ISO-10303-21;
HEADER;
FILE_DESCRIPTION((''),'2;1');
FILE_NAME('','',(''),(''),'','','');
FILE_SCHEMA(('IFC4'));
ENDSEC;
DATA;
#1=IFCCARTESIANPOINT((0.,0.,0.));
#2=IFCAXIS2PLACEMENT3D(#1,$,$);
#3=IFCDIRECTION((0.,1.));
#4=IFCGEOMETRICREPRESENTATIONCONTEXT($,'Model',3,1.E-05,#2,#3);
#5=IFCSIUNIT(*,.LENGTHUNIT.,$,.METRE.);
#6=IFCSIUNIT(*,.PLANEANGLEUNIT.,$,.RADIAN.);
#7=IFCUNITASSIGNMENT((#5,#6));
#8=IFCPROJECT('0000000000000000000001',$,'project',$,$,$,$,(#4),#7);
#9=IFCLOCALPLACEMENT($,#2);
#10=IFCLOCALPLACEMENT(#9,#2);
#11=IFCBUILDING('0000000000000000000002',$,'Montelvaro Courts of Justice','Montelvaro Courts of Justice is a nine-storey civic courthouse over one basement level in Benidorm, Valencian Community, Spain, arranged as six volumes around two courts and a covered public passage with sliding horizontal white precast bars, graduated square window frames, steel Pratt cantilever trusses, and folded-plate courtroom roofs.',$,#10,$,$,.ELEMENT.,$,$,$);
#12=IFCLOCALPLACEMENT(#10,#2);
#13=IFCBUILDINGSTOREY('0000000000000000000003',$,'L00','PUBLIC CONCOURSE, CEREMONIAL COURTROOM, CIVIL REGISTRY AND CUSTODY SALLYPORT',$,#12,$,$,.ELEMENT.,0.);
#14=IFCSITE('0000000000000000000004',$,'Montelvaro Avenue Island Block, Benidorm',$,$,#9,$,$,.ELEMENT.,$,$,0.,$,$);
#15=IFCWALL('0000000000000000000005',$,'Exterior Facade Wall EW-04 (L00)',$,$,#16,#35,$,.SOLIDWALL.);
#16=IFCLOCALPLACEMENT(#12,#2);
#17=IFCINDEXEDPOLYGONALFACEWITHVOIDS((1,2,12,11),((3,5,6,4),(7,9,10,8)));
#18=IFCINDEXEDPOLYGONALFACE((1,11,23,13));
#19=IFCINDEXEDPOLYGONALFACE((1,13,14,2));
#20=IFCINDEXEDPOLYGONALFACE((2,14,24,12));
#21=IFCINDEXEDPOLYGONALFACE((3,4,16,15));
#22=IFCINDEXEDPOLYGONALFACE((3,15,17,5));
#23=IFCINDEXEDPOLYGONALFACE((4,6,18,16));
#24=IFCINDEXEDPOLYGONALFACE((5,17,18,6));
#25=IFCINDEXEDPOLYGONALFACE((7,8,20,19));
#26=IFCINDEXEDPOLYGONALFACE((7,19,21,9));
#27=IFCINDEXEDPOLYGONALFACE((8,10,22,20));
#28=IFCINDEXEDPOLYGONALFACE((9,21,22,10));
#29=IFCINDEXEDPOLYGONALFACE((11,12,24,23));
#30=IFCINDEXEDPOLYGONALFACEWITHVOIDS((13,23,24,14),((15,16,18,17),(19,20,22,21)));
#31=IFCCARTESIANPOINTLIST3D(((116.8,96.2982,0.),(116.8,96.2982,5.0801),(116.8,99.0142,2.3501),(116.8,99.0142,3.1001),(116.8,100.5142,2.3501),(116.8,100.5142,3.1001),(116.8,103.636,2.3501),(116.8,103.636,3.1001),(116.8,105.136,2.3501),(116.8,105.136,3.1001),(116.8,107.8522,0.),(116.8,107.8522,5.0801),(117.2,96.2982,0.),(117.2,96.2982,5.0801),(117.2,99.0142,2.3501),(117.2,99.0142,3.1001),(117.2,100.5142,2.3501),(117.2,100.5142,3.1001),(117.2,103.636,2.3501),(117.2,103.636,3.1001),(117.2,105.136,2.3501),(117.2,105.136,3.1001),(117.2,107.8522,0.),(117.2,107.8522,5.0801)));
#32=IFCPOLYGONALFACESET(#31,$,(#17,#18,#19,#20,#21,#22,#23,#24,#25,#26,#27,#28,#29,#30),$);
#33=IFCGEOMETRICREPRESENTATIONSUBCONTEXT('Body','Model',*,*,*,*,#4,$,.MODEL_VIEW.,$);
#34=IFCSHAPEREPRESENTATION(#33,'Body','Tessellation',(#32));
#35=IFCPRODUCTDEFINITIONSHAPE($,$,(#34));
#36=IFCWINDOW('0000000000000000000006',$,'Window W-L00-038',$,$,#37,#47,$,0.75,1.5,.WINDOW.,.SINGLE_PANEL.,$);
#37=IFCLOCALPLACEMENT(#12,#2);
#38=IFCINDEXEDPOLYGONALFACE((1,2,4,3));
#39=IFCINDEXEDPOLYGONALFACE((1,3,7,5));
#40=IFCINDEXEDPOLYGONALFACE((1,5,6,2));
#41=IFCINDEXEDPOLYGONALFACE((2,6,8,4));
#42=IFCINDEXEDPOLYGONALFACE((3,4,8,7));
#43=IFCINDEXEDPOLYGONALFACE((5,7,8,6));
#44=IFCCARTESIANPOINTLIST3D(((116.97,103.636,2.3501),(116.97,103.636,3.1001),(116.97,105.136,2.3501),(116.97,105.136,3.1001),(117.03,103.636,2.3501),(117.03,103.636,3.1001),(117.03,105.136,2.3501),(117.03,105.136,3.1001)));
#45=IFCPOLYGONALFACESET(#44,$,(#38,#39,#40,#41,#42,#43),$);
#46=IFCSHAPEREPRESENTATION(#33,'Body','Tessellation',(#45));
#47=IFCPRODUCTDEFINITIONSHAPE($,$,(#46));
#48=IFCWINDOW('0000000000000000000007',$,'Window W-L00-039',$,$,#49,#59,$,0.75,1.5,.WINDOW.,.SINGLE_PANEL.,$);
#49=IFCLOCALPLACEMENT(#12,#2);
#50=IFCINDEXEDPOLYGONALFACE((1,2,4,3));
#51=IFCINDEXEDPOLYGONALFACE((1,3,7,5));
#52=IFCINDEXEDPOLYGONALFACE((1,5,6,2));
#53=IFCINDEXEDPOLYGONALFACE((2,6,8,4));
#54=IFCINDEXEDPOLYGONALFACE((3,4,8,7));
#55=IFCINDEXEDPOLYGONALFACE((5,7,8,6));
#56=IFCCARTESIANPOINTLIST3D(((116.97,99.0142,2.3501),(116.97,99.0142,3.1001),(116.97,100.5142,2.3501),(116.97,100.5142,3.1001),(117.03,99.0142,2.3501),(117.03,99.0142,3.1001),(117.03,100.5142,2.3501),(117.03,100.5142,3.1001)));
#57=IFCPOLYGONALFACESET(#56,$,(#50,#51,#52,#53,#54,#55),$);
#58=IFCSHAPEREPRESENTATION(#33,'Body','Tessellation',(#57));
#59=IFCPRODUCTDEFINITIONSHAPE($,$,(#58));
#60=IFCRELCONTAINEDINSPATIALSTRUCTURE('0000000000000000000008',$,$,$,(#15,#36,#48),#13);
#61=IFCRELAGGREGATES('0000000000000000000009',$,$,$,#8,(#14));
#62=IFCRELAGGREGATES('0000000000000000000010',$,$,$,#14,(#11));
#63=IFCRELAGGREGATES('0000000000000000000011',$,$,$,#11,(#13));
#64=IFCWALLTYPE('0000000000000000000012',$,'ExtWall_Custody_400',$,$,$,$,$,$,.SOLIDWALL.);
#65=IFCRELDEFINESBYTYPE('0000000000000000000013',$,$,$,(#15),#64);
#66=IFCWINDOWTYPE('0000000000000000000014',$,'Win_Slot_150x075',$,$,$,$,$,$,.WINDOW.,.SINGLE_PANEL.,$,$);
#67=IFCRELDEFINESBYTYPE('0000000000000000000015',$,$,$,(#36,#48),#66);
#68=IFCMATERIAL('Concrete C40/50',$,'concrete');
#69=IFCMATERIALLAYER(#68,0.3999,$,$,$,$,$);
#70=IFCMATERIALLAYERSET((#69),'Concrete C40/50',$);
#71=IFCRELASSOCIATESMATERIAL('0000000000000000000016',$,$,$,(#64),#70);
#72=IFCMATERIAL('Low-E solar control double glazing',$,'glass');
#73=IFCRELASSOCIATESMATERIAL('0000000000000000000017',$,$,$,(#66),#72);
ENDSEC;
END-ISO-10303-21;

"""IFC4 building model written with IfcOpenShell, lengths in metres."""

from ifc_helpers import new_model, si_unit, direction, frame, frame_2d, origin, place, context, subcontext, project, spatial, rectangle, extrude, material, layer, layer_set, type_object, element, fill, save


model = new_model("IFC4")

# Units and contexts
model_context = context("Model", 3, precision=1e-05, world=origin(), true_north=direction((0.0, 1.0)))
body_context = subcontext(model_context, "Body", "Model", "MODEL_VIEW")
ifc_project = project(units=[si_unit("LENGTHUNIT", "METRE"), si_unit("PLANEANGLEUNIT", "RADIAN")], contexts=[model_context])

# Site, building, storey
site_placement = place(None, origin())
site = spatial("IfcSite", under=ifc_project, at=site_placement, Name="Montelvaro Avenue Island Block, Benidorm", CompositionType="ELEMENT", RefElevation=0.0)
building_placement = place(site_placement, origin())
building = spatial("IfcBuilding", under=site, at=building_placement, Name="Montelvaro Courts of Justice", Description="Montelvaro Courts of Justice is a nine-storey civic courthouse over one basement level in Benidorm, Valencian Community, Spain, arranged as six volumes around two courts and a covered public passage with sliding horizontal white precast bars, graduated square window frames, steel Pratt cantilever trusses, and folded-plate courtroom roofs.", CompositionType="ELEMENT")
storey_placement = place(building_placement, origin())
storey = spatial("IfcBuildingStorey", under=building, at=storey_placement, Name="L00", Description="PUBLIC CONCOURSE, CEREMONIAL COURTROOM, CIVIL REGISTRY AND CUSTODY SALLYPORT", CompositionType="ELEMENT", Elevation=0.0)

# Wall, openings, windows
ifc_material_1 = material(Name="Concrete C40/50", Category="concrete")
ifc_layer_1 = layer(ifc_material_1, 0.3999)
ifc_layer_set_1 = layer_set([ifc_layer_1], Name="Concrete C40/50")
wall_type_1 = type_object("IfcWallType", Name="ExtWall_Custody_400", PredefinedType="SOLIDWALL", material=ifc_layer_set_1)
wall_1_placement = place(storey_placement, frame((117.0, 107.8521, 0.0), z_axis=(0.0, 0.0, 1.0), x_axis=(0.0, -1.0, 0.0)))
wall_1 = element("IfcWall", 1, at=wall_1_placement, inside=storey, type_object=wall_type_1, Name="Exterior Facade Wall EW-04 (L00)", PredefinedType="SOLIDWALL", context=body_context, shape_type="SweptSolid", body=[
    extrude(rectangle(XDim=11.554, YDim=0.3999, at=frame_2d((5.7769, 0.0))), origin(), (0.0, 0.0, 1.0), 5.0801),
])
opening_1_placement = place(wall_1_placement, frame((2.7161, 0.0, 2.3501)))
opening_1 = element("IfcOpeningElement", 2, at=opening_1_placement, cuts=wall_1, PredefinedType="OPENING", context=body_context, shape_type="SweptSolid", body=[
    extrude(rectangle(XDim=1.5, YDim=0.75, at=frame_2d((0.75, 0.375))), frame((0.0, 0.2148, 0.0), z_axis=(0.0, -1.0, 0.0), x_axis=(1.0, 0.0, 0.0)), (0.0, 0.0, 1.0), 0.4297),
])
opening_2_placement = place(wall_1_placement, frame((7.3379, 0.0, 2.3501)))
opening_2 = element("IfcOpeningElement", 3, at=opening_2_placement, cuts=wall_1, PredefinedType="OPENING", context=body_context, shape_type="SweptSolid", body=[
    extrude(rectangle(XDim=1.5, YDim=0.75, at=frame_2d((0.75, 0.375))), frame((0.0, 0.2148, 0.0), z_axis=(0.0, -1.0, 0.0), x_axis=(1.0, 0.0, 0.0)), (0.0, 0.0, 1.0), 0.4297),
])
ifc_material_2 = material(Name="Low-E solar control double glazing", Category="glass")
window_type = type_object("IfcWindowType", Name="Win_Slot_150x075", PartitioningType="SINGLE_PANEL", PredefinedType="WINDOW", material=ifc_material_2)
window_1_placement = place(opening_1_placement, origin())
window_1 = element("IfcWindow", 4, at=window_1_placement, inside=storey, type_object=window_type, Name="Window W-L00-038", OverallHeight=0.75, OverallWidth=1.5, PartitioningType="SINGLE_PANEL", PredefinedType="WINDOW", context=body_context, shape_type="SweptSolid", body=[
    extrude(rectangle(XDim=1.5, YDim=0.75, at=frame_2d((0.75, 0.375))), frame((0.0, 0.03, 0.0), z_axis=(0.0, -1.0, 0.0), x_axis=(1.0, 0.0, 0.0)), (0.0, 0.0, 1.0), 0.0601),
])
fill(opening_1, window_1)
window_2_placement = place(opening_2_placement, origin())
window_2 = element("IfcWindow", 5, at=window_2_placement, inside=storey, type_object=window_type, Name="Window W-L00-039", OverallHeight=0.75, OverallWidth=1.5, PartitioningType="SINGLE_PANEL", PredefinedType="WINDOW", context=body_context, shape_type="SweptSolid", body=[
    extrude(rectangle(XDim=1.5, YDim=0.75, at=frame_2d((0.75, 0.375))), frame((0.0, 0.03, 0.0), z_axis=(0.0, -1.0, 0.0), x_axis=(1.0, 0.0, 0.0)), (0.0, 0.0, 1.0), 0.0601),
])
fill(opening_2, window_2)

save(model, "model.ifc")
